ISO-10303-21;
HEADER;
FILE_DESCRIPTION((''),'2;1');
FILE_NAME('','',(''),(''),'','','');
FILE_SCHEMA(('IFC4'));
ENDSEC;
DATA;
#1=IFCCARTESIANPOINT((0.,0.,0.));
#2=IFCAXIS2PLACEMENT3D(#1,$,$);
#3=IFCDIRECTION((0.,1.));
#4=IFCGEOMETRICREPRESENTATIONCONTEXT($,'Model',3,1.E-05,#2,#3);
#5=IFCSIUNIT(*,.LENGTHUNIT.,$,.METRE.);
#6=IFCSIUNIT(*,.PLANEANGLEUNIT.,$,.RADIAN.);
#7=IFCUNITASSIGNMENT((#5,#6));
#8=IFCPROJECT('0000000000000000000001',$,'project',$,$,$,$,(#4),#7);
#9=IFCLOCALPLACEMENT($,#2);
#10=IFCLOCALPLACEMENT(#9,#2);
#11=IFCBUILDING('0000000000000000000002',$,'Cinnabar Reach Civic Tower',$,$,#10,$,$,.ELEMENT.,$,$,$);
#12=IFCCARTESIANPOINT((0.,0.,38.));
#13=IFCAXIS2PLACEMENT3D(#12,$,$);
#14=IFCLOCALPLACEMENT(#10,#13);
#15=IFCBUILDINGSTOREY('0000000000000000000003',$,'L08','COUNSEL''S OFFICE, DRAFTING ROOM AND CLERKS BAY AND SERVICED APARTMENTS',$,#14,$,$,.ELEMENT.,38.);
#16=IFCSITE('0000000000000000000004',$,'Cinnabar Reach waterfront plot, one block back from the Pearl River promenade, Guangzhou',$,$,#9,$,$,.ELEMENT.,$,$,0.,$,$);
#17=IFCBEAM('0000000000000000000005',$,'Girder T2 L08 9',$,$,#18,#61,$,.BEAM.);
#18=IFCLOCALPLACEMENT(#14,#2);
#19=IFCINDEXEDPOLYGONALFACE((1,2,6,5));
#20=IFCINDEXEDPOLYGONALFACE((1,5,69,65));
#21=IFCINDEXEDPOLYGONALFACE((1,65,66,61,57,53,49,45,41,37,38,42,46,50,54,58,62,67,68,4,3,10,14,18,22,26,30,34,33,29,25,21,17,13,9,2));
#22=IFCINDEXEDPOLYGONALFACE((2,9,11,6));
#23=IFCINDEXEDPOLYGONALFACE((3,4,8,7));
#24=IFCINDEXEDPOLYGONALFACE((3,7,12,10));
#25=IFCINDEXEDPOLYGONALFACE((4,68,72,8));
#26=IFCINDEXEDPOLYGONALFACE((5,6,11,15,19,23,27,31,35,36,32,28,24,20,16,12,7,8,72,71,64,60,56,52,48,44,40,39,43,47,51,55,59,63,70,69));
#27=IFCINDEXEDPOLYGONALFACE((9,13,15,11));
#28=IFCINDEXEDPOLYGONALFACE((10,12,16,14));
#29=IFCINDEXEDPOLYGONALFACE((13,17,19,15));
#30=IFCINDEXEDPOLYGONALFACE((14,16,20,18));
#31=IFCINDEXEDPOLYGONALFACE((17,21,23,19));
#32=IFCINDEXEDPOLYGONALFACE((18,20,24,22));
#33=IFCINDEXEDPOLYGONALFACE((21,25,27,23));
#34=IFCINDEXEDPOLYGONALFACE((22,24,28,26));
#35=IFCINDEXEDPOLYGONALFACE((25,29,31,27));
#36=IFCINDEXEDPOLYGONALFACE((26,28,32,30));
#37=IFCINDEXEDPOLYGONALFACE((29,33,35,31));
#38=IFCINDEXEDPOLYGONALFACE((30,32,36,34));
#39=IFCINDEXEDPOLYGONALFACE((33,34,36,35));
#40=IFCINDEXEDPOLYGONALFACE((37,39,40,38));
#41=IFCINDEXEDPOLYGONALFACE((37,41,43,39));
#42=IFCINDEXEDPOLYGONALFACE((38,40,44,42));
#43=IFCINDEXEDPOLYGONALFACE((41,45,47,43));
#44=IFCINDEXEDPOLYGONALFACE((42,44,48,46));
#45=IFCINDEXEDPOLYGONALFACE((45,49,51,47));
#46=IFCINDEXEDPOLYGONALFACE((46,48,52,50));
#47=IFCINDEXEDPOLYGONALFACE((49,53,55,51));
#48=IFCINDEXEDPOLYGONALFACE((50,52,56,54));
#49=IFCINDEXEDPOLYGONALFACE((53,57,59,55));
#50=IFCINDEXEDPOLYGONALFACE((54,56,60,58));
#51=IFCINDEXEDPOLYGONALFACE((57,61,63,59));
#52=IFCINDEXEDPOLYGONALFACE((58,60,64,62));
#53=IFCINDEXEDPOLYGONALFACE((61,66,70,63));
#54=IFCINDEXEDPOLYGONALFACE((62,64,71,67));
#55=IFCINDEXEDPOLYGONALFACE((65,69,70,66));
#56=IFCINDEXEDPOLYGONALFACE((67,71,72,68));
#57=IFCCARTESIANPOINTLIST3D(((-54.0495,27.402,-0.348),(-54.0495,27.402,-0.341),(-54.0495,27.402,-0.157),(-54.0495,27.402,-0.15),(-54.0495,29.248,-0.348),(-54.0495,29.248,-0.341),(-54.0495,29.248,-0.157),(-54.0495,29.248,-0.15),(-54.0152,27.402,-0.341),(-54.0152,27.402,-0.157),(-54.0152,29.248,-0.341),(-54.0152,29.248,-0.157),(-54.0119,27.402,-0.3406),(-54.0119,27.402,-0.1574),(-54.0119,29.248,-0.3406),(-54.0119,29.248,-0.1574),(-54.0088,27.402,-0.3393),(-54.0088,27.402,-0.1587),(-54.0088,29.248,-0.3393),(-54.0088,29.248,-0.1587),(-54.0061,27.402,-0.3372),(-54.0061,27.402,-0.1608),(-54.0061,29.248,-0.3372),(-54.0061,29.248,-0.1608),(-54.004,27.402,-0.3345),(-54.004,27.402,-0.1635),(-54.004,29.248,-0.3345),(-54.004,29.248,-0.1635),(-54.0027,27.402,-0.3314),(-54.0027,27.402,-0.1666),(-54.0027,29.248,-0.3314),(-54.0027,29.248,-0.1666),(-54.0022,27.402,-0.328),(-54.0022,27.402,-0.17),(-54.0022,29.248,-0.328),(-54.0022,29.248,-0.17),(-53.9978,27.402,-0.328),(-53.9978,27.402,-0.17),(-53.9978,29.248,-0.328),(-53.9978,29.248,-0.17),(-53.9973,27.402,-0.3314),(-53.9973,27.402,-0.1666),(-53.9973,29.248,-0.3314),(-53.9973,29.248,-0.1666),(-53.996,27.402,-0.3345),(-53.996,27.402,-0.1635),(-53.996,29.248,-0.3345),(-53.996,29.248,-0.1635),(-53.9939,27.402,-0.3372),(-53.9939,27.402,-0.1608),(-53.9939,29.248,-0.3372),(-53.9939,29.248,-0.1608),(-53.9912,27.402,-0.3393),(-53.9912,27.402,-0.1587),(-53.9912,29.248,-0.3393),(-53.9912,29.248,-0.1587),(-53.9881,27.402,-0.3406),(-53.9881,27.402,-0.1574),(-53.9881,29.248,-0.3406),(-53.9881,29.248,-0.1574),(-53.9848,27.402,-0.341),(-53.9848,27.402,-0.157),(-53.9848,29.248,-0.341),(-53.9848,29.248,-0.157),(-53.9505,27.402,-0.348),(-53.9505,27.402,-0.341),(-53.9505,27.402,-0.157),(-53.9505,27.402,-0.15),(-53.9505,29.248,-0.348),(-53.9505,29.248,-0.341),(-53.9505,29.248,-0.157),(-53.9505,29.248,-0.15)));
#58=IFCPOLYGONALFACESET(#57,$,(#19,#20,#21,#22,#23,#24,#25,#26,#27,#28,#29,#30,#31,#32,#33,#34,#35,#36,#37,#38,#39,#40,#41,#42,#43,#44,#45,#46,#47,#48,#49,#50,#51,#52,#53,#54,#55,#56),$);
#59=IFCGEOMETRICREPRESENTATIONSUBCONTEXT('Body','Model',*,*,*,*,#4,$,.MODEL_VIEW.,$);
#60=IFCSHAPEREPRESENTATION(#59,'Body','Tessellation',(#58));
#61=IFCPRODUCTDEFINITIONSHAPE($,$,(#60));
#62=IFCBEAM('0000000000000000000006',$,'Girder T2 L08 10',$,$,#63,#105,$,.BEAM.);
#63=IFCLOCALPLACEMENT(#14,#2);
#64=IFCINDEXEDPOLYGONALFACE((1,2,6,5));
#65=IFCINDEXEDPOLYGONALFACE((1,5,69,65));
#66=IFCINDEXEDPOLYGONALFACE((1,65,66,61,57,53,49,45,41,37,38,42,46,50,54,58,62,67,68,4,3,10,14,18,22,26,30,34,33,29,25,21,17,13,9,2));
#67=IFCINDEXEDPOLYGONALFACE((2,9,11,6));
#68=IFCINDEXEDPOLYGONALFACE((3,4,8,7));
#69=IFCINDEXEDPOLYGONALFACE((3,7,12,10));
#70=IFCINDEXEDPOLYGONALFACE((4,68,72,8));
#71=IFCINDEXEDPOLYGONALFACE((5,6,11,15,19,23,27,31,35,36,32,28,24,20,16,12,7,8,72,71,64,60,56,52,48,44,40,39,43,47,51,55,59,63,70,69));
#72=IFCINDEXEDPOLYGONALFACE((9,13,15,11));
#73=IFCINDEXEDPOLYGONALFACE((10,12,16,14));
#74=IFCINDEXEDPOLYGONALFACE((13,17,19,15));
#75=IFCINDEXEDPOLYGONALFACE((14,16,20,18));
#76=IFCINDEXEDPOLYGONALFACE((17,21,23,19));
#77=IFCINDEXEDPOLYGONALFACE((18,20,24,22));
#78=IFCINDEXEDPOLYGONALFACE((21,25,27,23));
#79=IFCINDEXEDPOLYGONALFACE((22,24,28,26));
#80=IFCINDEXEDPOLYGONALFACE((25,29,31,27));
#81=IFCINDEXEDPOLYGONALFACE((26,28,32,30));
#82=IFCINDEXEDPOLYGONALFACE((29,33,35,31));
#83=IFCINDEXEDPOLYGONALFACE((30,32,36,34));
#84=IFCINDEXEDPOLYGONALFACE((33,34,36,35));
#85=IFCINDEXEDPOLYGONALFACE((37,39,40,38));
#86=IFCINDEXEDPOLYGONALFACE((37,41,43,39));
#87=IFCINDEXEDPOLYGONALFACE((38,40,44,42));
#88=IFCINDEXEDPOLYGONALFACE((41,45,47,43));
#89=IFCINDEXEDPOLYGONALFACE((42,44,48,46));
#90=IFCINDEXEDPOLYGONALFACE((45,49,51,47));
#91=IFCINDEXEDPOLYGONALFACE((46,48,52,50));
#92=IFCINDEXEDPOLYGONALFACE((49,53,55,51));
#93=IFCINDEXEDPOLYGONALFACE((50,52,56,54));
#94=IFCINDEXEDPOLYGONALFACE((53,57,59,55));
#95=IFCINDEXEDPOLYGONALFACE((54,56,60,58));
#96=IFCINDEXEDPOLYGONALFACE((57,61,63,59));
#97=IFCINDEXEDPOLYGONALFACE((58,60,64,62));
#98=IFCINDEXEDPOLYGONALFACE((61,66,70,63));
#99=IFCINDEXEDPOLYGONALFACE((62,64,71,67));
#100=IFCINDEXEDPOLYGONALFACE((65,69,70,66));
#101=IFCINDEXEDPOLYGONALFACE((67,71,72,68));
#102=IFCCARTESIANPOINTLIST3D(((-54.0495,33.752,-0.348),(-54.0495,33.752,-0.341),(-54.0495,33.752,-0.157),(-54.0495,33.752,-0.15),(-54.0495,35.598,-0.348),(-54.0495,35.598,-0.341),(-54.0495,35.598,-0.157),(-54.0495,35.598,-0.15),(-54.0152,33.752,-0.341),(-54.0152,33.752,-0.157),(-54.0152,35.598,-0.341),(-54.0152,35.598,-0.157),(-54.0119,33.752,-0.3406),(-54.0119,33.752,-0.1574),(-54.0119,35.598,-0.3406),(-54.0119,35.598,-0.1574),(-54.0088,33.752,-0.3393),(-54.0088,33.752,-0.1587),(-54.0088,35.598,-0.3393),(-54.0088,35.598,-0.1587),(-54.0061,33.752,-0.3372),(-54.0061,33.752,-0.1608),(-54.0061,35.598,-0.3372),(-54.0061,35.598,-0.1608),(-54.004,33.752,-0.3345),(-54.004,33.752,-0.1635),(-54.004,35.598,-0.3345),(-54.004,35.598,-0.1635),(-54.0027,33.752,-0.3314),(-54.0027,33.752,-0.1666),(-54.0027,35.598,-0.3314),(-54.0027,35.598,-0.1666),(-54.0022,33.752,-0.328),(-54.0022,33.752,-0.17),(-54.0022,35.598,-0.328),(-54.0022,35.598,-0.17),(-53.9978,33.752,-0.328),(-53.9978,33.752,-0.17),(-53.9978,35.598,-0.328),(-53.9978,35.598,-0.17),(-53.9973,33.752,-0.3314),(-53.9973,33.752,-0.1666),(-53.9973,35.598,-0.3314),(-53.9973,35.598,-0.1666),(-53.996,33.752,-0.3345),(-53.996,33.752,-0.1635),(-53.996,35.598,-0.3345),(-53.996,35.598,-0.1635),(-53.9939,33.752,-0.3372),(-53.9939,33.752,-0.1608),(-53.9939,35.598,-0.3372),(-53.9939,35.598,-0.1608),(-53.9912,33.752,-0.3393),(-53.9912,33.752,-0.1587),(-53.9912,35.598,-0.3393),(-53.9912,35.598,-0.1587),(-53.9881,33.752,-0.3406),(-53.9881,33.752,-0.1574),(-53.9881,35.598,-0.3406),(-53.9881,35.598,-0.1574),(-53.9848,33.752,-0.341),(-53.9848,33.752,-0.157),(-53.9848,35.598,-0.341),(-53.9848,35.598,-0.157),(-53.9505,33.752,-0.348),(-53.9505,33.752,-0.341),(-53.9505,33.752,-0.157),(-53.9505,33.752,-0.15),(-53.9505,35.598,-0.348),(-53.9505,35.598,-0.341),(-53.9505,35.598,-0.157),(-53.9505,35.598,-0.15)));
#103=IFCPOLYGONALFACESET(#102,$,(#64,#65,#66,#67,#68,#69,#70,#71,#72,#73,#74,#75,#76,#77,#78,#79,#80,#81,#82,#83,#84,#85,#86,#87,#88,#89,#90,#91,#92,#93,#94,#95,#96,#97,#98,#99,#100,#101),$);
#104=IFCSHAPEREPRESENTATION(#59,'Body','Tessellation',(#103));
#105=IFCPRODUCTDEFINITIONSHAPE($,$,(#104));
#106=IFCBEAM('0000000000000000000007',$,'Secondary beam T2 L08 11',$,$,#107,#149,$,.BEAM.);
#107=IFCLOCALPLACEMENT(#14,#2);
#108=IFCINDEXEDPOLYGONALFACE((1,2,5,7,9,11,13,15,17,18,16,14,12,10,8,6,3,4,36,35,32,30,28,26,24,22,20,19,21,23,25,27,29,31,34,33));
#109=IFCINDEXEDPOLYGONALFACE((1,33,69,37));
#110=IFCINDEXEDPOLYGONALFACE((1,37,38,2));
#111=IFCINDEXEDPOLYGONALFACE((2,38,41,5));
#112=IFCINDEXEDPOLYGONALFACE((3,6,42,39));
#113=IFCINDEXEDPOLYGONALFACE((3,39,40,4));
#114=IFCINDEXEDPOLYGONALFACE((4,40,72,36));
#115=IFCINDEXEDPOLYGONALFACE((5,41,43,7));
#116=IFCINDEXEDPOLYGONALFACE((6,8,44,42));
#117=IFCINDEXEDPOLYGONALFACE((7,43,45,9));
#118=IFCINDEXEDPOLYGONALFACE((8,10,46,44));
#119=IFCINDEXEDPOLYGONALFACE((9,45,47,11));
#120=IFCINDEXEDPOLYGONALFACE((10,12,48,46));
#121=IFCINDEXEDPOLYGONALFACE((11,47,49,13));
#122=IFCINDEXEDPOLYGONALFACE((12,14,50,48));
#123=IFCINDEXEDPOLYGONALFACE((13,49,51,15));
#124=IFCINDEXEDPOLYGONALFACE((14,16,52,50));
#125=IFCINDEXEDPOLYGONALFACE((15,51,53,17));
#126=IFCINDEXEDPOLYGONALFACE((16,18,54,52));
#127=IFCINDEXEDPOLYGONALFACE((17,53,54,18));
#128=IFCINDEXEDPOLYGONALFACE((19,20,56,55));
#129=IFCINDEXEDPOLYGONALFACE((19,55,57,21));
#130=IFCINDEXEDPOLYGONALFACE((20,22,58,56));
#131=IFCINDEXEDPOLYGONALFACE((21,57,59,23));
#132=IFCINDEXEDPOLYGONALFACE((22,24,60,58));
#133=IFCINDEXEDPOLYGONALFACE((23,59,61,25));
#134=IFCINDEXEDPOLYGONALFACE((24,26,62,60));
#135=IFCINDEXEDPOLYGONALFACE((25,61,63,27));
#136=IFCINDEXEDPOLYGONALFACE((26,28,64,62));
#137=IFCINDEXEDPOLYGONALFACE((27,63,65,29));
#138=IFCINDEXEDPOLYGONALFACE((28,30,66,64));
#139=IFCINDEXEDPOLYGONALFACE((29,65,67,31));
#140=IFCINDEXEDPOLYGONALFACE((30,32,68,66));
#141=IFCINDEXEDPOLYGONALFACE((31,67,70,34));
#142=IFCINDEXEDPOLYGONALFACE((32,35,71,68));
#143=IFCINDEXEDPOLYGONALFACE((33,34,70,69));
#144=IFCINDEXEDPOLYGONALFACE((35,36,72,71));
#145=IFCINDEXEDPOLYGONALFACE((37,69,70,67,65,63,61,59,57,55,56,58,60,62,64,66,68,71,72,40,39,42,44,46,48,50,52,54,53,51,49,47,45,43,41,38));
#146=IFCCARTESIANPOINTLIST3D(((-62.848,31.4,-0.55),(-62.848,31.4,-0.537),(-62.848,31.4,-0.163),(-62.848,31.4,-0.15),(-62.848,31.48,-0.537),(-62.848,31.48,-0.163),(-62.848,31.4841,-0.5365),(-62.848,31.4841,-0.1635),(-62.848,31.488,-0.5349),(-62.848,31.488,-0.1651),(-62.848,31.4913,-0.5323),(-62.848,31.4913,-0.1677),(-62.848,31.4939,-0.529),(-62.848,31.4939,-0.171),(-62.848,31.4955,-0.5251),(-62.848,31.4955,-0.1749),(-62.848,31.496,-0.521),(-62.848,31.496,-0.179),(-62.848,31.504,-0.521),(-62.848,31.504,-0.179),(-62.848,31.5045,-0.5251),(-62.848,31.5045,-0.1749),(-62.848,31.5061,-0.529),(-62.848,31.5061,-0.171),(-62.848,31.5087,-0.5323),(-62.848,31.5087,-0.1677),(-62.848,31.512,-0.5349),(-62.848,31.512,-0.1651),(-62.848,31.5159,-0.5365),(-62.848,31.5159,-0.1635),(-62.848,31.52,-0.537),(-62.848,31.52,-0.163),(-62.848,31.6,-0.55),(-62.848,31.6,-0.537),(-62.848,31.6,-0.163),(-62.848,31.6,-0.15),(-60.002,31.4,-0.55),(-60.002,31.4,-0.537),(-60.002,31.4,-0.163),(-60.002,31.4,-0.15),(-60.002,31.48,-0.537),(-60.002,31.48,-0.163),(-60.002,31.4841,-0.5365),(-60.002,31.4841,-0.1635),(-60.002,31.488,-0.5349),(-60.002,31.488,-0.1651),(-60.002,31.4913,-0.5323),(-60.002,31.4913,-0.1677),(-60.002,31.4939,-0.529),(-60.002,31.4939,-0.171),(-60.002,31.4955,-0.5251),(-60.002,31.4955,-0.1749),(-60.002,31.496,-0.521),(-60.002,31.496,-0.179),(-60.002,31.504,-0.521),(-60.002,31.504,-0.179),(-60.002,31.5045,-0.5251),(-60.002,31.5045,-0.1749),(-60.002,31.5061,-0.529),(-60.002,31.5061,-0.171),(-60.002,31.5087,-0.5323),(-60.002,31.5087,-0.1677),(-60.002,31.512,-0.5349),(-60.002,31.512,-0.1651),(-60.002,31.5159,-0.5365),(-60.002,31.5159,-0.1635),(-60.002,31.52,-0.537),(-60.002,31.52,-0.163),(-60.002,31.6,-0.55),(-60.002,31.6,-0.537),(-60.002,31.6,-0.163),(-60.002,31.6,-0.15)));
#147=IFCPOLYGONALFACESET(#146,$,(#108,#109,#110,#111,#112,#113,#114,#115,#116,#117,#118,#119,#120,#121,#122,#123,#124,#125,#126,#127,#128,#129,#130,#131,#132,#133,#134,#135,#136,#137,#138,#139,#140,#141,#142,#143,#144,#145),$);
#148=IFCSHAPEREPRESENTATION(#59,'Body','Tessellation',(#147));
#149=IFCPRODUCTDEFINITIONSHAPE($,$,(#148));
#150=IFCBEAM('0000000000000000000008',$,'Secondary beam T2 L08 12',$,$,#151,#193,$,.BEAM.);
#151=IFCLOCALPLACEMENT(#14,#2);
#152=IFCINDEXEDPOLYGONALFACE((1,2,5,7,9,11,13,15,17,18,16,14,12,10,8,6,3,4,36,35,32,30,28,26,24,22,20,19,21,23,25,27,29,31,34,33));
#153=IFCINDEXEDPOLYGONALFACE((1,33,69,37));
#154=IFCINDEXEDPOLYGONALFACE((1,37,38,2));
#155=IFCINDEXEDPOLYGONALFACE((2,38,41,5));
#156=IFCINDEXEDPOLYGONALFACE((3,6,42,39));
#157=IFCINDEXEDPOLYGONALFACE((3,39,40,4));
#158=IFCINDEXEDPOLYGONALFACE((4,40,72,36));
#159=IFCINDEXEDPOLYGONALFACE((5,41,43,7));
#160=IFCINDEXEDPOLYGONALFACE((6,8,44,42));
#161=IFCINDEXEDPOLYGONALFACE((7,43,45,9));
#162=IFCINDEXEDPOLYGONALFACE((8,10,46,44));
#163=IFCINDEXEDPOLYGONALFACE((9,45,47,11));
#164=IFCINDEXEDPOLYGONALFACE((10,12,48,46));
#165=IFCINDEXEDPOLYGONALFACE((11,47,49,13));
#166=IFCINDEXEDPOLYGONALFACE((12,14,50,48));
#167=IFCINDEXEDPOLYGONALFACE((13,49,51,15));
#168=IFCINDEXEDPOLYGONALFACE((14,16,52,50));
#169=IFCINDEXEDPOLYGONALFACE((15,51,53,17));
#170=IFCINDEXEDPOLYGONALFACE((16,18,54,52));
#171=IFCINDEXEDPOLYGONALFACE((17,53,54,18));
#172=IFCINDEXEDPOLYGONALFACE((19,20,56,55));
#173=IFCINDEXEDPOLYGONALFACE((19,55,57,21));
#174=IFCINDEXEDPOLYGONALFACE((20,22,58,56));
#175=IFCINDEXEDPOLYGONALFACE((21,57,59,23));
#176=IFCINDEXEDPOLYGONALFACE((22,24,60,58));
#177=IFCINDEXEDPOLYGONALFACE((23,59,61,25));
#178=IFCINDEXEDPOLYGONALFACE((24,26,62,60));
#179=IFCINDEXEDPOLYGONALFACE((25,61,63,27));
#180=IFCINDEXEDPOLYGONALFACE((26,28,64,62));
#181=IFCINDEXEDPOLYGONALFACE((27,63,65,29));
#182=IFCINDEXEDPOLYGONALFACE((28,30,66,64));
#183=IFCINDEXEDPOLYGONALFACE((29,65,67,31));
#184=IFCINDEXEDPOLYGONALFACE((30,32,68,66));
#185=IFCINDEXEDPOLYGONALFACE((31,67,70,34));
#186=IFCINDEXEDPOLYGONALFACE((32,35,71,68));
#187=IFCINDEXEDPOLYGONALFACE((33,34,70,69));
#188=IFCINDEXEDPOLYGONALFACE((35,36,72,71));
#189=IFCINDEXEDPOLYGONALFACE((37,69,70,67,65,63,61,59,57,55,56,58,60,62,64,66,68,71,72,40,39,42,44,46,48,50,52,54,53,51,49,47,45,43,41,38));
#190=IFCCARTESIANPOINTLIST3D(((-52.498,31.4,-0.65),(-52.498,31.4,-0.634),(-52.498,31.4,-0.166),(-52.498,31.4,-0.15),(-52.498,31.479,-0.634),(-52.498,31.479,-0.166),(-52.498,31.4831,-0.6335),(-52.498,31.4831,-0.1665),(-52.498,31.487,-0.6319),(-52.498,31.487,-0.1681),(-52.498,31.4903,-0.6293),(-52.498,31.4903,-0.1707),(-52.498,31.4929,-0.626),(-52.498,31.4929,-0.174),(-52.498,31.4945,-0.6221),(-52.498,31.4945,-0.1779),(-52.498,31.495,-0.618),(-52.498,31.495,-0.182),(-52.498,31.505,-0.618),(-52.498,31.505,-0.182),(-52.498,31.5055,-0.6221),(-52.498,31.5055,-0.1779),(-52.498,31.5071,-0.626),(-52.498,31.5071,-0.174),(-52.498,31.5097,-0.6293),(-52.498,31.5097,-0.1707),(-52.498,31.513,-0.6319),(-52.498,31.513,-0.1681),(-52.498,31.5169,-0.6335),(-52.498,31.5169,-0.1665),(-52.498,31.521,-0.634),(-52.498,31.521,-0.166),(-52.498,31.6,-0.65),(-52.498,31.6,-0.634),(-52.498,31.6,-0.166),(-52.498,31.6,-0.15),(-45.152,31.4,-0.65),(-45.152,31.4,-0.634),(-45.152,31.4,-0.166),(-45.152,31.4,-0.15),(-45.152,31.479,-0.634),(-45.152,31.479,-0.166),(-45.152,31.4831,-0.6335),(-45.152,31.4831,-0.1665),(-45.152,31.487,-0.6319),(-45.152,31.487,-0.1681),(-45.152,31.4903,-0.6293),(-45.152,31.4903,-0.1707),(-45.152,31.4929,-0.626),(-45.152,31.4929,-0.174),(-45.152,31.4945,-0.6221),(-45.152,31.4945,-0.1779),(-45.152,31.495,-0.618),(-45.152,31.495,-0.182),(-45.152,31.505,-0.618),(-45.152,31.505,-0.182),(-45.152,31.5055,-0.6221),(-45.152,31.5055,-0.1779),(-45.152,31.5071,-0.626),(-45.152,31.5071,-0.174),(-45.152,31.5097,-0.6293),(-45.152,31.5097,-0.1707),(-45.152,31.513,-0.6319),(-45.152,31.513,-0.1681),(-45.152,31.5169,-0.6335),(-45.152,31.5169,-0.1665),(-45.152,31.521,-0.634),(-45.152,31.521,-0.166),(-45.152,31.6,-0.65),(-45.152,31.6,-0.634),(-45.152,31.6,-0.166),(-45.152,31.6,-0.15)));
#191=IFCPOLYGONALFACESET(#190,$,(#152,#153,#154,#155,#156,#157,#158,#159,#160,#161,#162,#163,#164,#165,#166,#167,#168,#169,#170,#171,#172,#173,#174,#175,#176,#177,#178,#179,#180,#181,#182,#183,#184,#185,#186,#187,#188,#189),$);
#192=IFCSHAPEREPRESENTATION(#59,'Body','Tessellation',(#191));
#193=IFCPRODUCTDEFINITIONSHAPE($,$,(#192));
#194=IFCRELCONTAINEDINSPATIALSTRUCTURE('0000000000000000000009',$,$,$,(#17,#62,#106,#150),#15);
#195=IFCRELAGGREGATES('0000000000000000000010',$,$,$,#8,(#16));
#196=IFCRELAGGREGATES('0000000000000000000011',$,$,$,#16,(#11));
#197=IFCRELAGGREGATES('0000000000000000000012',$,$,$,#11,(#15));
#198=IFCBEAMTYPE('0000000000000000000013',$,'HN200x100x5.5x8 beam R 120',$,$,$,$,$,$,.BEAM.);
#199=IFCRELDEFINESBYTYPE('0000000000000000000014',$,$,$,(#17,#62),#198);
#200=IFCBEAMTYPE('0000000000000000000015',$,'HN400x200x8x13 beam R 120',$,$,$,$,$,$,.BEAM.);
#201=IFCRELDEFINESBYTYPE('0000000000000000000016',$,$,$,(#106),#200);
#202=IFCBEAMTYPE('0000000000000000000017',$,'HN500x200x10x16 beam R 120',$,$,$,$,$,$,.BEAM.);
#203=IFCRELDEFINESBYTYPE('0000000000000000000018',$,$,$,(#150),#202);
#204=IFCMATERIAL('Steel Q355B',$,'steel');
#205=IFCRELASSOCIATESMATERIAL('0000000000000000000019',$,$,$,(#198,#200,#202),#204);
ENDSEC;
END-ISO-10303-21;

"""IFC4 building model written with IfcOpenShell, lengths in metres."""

from ifc_helpers import new_model, si_unit, direction, frame, origin, origin_2d, place, context, subcontext, project, spatial, i_section, extrude, material, material_profile, profile_set, type_object, element, save


model = new_model("IFC4")

# Units and contexts
model_context = context("Model", 3, precision=1e-05, world=origin(), true_north=direction((0.0, 1.0)))
body_context = subcontext(model_context, "Body", "Model", "MODEL_VIEW")
ifc_project = project(units=[si_unit("LENGTHUNIT", "METRE"), si_unit("PLANEANGLEUNIT", "RADIAN")], contexts=[model_context])

# Site, building, storey
site_placement = place(None, origin())
site = spatial("IfcSite", under=ifc_project, at=site_placement, Name="Cinnabar Reach waterfront plot, one block back from the Pearl River promenade, Guangzhou", CompositionType="ELEMENT", RefElevation=0.0)
building_placement = place(site_placement, origin())
building = spatial("IfcBuilding", under=site, at=building_placement, Name="Cinnabar Reach Civic Tower", CompositionType="ELEMENT")
storey_placement = place(building_placement, frame((0.0, 0.0, 38.0)))
storey = spatial("IfcBuildingStorey", under=building, at=storey_placement, Name="L08", Description="COUNSEL'S OFFICE, DRAFTING ROOM AND CLERKS BAY AND SERVICED APARTMENTS", CompositionType="ELEMENT", Elevation=38.0)

# Beams
ifc_material_1 = material(Name="Steel Q355B", Category="steel")
ifc_material_profile_1 = material_profile(ifc_material_1, i_section(OverallWidth=0.099, OverallDepth=0.198, WebThickness=0.0045, FlangeThickness=0.007, FilletRadius=0.013, at=origin_2d()), Name="HN200x100x5.5x8")
ifc_profile_set_1 = profile_set([ifc_material_profile_1], Name="Steel Q355B")
beam_type_1 = type_object("IfcBeamType", Name="HN200x100x5.5x8 beam R 120", PredefinedType="BEAM", material=ifc_profile_set_1)
for number, where, z_axis, x_axis, name in (
    (1, (-54.0, 27.402, -0.249), (0.0, 1.0, 0.0), (-1.0, 0.0, 0.0), "Girder T2 L08 9"),
    (2, (-54.0, 33.752, -0.249), (0.0, 1.0, 0.0), (-1.0, 0.0, 0.0), "Girder T2 L08 10"),
):
    element("IfcBeam", number, at=place(storey_placement, frame(where, z_axis=z_axis, x_axis=x_axis)), inside=storey, type_object=beam_type_1, Name=name, PredefinedType="BEAM", context=body_context, shape_type="SweptSolid", body=[
        extrude(i_section(OverallWidth=0.099, OverallDepth=0.198, WebThickness=0.0045, FlangeThickness=0.007, FilletRadius=0.013, at=origin_2d()), origin(), (0.0, 0.0, 1.0), 1.846),
    ])
ifc_material_profile_2 = material_profile(ifc_material_1, i_section(OverallWidth=0.2, OverallDepth=0.4, WebThickness=0.008, FlangeThickness=0.013, FilletRadius=0.016, at=origin_2d()), Name="HN400x200x8x13")
ifc_profile_set_2 = profile_set([ifc_material_profile_2], Name="Steel Q355B")
beam_type_2 = type_object("IfcBeamType", Name="HN400x200x8x13 beam R 120", PredefinedType="BEAM", material=ifc_profile_set_2)
beam_1_placement = place(storey_placement, frame((-62.848, 31.5, -0.35), z_axis=(1.0, 0.0, 0.0), x_axis=(0.0, 1.0, 0.0)))
element("IfcBeam", 3, at=beam_1_placement, inside=storey, type_object=beam_type_2, Name="Secondary beam T2 L08 11", PredefinedType="BEAM", context=body_context, shape_type="SweptSolid", body=[
    extrude(i_section(OverallWidth=0.2, OverallDepth=0.4, WebThickness=0.008, FlangeThickness=0.013, FilletRadius=0.016, at=origin_2d()), origin(), (0.0, 0.0, 1.0), 2.846),
])
ifc_material_profile_3 = material_profile(ifc_material_1, i_section(OverallWidth=0.2, OverallDepth=0.5, WebThickness=0.01, FlangeThickness=0.016, FilletRadius=0.016, at=origin_2d()), Name="HN500x200x10x16")
ifc_profile_set_3 = profile_set([ifc_material_profile_3], Name="Steel Q355B")
beam_type_3 = type_object("IfcBeamType", Name="HN500x200x10x16 beam R 120", PredefinedType="BEAM", material=ifc_profile_set_3)
beam_2_placement = place(storey_placement, frame((-52.498, 31.5, -0.4), z_axis=(1.0, 0.0, 0.0), x_axis=(0.0, 1.0, 0.0)))
element("IfcBeam", 4, at=beam_2_placement, inside=storey, type_object=beam_type_3, Name="Secondary beam T2 L08 12", PredefinedType="BEAM", context=body_context, shape_type="SweptSolid", body=[
    extrude(i_section(OverallWidth=0.2, OverallDepth=0.5, WebThickness=0.01, FlangeThickness=0.016, FilletRadius=0.016, at=origin_2d()), origin(), (0.0, 0.0, 1.0), 7.346),
])

save(model, "model.ifc")
